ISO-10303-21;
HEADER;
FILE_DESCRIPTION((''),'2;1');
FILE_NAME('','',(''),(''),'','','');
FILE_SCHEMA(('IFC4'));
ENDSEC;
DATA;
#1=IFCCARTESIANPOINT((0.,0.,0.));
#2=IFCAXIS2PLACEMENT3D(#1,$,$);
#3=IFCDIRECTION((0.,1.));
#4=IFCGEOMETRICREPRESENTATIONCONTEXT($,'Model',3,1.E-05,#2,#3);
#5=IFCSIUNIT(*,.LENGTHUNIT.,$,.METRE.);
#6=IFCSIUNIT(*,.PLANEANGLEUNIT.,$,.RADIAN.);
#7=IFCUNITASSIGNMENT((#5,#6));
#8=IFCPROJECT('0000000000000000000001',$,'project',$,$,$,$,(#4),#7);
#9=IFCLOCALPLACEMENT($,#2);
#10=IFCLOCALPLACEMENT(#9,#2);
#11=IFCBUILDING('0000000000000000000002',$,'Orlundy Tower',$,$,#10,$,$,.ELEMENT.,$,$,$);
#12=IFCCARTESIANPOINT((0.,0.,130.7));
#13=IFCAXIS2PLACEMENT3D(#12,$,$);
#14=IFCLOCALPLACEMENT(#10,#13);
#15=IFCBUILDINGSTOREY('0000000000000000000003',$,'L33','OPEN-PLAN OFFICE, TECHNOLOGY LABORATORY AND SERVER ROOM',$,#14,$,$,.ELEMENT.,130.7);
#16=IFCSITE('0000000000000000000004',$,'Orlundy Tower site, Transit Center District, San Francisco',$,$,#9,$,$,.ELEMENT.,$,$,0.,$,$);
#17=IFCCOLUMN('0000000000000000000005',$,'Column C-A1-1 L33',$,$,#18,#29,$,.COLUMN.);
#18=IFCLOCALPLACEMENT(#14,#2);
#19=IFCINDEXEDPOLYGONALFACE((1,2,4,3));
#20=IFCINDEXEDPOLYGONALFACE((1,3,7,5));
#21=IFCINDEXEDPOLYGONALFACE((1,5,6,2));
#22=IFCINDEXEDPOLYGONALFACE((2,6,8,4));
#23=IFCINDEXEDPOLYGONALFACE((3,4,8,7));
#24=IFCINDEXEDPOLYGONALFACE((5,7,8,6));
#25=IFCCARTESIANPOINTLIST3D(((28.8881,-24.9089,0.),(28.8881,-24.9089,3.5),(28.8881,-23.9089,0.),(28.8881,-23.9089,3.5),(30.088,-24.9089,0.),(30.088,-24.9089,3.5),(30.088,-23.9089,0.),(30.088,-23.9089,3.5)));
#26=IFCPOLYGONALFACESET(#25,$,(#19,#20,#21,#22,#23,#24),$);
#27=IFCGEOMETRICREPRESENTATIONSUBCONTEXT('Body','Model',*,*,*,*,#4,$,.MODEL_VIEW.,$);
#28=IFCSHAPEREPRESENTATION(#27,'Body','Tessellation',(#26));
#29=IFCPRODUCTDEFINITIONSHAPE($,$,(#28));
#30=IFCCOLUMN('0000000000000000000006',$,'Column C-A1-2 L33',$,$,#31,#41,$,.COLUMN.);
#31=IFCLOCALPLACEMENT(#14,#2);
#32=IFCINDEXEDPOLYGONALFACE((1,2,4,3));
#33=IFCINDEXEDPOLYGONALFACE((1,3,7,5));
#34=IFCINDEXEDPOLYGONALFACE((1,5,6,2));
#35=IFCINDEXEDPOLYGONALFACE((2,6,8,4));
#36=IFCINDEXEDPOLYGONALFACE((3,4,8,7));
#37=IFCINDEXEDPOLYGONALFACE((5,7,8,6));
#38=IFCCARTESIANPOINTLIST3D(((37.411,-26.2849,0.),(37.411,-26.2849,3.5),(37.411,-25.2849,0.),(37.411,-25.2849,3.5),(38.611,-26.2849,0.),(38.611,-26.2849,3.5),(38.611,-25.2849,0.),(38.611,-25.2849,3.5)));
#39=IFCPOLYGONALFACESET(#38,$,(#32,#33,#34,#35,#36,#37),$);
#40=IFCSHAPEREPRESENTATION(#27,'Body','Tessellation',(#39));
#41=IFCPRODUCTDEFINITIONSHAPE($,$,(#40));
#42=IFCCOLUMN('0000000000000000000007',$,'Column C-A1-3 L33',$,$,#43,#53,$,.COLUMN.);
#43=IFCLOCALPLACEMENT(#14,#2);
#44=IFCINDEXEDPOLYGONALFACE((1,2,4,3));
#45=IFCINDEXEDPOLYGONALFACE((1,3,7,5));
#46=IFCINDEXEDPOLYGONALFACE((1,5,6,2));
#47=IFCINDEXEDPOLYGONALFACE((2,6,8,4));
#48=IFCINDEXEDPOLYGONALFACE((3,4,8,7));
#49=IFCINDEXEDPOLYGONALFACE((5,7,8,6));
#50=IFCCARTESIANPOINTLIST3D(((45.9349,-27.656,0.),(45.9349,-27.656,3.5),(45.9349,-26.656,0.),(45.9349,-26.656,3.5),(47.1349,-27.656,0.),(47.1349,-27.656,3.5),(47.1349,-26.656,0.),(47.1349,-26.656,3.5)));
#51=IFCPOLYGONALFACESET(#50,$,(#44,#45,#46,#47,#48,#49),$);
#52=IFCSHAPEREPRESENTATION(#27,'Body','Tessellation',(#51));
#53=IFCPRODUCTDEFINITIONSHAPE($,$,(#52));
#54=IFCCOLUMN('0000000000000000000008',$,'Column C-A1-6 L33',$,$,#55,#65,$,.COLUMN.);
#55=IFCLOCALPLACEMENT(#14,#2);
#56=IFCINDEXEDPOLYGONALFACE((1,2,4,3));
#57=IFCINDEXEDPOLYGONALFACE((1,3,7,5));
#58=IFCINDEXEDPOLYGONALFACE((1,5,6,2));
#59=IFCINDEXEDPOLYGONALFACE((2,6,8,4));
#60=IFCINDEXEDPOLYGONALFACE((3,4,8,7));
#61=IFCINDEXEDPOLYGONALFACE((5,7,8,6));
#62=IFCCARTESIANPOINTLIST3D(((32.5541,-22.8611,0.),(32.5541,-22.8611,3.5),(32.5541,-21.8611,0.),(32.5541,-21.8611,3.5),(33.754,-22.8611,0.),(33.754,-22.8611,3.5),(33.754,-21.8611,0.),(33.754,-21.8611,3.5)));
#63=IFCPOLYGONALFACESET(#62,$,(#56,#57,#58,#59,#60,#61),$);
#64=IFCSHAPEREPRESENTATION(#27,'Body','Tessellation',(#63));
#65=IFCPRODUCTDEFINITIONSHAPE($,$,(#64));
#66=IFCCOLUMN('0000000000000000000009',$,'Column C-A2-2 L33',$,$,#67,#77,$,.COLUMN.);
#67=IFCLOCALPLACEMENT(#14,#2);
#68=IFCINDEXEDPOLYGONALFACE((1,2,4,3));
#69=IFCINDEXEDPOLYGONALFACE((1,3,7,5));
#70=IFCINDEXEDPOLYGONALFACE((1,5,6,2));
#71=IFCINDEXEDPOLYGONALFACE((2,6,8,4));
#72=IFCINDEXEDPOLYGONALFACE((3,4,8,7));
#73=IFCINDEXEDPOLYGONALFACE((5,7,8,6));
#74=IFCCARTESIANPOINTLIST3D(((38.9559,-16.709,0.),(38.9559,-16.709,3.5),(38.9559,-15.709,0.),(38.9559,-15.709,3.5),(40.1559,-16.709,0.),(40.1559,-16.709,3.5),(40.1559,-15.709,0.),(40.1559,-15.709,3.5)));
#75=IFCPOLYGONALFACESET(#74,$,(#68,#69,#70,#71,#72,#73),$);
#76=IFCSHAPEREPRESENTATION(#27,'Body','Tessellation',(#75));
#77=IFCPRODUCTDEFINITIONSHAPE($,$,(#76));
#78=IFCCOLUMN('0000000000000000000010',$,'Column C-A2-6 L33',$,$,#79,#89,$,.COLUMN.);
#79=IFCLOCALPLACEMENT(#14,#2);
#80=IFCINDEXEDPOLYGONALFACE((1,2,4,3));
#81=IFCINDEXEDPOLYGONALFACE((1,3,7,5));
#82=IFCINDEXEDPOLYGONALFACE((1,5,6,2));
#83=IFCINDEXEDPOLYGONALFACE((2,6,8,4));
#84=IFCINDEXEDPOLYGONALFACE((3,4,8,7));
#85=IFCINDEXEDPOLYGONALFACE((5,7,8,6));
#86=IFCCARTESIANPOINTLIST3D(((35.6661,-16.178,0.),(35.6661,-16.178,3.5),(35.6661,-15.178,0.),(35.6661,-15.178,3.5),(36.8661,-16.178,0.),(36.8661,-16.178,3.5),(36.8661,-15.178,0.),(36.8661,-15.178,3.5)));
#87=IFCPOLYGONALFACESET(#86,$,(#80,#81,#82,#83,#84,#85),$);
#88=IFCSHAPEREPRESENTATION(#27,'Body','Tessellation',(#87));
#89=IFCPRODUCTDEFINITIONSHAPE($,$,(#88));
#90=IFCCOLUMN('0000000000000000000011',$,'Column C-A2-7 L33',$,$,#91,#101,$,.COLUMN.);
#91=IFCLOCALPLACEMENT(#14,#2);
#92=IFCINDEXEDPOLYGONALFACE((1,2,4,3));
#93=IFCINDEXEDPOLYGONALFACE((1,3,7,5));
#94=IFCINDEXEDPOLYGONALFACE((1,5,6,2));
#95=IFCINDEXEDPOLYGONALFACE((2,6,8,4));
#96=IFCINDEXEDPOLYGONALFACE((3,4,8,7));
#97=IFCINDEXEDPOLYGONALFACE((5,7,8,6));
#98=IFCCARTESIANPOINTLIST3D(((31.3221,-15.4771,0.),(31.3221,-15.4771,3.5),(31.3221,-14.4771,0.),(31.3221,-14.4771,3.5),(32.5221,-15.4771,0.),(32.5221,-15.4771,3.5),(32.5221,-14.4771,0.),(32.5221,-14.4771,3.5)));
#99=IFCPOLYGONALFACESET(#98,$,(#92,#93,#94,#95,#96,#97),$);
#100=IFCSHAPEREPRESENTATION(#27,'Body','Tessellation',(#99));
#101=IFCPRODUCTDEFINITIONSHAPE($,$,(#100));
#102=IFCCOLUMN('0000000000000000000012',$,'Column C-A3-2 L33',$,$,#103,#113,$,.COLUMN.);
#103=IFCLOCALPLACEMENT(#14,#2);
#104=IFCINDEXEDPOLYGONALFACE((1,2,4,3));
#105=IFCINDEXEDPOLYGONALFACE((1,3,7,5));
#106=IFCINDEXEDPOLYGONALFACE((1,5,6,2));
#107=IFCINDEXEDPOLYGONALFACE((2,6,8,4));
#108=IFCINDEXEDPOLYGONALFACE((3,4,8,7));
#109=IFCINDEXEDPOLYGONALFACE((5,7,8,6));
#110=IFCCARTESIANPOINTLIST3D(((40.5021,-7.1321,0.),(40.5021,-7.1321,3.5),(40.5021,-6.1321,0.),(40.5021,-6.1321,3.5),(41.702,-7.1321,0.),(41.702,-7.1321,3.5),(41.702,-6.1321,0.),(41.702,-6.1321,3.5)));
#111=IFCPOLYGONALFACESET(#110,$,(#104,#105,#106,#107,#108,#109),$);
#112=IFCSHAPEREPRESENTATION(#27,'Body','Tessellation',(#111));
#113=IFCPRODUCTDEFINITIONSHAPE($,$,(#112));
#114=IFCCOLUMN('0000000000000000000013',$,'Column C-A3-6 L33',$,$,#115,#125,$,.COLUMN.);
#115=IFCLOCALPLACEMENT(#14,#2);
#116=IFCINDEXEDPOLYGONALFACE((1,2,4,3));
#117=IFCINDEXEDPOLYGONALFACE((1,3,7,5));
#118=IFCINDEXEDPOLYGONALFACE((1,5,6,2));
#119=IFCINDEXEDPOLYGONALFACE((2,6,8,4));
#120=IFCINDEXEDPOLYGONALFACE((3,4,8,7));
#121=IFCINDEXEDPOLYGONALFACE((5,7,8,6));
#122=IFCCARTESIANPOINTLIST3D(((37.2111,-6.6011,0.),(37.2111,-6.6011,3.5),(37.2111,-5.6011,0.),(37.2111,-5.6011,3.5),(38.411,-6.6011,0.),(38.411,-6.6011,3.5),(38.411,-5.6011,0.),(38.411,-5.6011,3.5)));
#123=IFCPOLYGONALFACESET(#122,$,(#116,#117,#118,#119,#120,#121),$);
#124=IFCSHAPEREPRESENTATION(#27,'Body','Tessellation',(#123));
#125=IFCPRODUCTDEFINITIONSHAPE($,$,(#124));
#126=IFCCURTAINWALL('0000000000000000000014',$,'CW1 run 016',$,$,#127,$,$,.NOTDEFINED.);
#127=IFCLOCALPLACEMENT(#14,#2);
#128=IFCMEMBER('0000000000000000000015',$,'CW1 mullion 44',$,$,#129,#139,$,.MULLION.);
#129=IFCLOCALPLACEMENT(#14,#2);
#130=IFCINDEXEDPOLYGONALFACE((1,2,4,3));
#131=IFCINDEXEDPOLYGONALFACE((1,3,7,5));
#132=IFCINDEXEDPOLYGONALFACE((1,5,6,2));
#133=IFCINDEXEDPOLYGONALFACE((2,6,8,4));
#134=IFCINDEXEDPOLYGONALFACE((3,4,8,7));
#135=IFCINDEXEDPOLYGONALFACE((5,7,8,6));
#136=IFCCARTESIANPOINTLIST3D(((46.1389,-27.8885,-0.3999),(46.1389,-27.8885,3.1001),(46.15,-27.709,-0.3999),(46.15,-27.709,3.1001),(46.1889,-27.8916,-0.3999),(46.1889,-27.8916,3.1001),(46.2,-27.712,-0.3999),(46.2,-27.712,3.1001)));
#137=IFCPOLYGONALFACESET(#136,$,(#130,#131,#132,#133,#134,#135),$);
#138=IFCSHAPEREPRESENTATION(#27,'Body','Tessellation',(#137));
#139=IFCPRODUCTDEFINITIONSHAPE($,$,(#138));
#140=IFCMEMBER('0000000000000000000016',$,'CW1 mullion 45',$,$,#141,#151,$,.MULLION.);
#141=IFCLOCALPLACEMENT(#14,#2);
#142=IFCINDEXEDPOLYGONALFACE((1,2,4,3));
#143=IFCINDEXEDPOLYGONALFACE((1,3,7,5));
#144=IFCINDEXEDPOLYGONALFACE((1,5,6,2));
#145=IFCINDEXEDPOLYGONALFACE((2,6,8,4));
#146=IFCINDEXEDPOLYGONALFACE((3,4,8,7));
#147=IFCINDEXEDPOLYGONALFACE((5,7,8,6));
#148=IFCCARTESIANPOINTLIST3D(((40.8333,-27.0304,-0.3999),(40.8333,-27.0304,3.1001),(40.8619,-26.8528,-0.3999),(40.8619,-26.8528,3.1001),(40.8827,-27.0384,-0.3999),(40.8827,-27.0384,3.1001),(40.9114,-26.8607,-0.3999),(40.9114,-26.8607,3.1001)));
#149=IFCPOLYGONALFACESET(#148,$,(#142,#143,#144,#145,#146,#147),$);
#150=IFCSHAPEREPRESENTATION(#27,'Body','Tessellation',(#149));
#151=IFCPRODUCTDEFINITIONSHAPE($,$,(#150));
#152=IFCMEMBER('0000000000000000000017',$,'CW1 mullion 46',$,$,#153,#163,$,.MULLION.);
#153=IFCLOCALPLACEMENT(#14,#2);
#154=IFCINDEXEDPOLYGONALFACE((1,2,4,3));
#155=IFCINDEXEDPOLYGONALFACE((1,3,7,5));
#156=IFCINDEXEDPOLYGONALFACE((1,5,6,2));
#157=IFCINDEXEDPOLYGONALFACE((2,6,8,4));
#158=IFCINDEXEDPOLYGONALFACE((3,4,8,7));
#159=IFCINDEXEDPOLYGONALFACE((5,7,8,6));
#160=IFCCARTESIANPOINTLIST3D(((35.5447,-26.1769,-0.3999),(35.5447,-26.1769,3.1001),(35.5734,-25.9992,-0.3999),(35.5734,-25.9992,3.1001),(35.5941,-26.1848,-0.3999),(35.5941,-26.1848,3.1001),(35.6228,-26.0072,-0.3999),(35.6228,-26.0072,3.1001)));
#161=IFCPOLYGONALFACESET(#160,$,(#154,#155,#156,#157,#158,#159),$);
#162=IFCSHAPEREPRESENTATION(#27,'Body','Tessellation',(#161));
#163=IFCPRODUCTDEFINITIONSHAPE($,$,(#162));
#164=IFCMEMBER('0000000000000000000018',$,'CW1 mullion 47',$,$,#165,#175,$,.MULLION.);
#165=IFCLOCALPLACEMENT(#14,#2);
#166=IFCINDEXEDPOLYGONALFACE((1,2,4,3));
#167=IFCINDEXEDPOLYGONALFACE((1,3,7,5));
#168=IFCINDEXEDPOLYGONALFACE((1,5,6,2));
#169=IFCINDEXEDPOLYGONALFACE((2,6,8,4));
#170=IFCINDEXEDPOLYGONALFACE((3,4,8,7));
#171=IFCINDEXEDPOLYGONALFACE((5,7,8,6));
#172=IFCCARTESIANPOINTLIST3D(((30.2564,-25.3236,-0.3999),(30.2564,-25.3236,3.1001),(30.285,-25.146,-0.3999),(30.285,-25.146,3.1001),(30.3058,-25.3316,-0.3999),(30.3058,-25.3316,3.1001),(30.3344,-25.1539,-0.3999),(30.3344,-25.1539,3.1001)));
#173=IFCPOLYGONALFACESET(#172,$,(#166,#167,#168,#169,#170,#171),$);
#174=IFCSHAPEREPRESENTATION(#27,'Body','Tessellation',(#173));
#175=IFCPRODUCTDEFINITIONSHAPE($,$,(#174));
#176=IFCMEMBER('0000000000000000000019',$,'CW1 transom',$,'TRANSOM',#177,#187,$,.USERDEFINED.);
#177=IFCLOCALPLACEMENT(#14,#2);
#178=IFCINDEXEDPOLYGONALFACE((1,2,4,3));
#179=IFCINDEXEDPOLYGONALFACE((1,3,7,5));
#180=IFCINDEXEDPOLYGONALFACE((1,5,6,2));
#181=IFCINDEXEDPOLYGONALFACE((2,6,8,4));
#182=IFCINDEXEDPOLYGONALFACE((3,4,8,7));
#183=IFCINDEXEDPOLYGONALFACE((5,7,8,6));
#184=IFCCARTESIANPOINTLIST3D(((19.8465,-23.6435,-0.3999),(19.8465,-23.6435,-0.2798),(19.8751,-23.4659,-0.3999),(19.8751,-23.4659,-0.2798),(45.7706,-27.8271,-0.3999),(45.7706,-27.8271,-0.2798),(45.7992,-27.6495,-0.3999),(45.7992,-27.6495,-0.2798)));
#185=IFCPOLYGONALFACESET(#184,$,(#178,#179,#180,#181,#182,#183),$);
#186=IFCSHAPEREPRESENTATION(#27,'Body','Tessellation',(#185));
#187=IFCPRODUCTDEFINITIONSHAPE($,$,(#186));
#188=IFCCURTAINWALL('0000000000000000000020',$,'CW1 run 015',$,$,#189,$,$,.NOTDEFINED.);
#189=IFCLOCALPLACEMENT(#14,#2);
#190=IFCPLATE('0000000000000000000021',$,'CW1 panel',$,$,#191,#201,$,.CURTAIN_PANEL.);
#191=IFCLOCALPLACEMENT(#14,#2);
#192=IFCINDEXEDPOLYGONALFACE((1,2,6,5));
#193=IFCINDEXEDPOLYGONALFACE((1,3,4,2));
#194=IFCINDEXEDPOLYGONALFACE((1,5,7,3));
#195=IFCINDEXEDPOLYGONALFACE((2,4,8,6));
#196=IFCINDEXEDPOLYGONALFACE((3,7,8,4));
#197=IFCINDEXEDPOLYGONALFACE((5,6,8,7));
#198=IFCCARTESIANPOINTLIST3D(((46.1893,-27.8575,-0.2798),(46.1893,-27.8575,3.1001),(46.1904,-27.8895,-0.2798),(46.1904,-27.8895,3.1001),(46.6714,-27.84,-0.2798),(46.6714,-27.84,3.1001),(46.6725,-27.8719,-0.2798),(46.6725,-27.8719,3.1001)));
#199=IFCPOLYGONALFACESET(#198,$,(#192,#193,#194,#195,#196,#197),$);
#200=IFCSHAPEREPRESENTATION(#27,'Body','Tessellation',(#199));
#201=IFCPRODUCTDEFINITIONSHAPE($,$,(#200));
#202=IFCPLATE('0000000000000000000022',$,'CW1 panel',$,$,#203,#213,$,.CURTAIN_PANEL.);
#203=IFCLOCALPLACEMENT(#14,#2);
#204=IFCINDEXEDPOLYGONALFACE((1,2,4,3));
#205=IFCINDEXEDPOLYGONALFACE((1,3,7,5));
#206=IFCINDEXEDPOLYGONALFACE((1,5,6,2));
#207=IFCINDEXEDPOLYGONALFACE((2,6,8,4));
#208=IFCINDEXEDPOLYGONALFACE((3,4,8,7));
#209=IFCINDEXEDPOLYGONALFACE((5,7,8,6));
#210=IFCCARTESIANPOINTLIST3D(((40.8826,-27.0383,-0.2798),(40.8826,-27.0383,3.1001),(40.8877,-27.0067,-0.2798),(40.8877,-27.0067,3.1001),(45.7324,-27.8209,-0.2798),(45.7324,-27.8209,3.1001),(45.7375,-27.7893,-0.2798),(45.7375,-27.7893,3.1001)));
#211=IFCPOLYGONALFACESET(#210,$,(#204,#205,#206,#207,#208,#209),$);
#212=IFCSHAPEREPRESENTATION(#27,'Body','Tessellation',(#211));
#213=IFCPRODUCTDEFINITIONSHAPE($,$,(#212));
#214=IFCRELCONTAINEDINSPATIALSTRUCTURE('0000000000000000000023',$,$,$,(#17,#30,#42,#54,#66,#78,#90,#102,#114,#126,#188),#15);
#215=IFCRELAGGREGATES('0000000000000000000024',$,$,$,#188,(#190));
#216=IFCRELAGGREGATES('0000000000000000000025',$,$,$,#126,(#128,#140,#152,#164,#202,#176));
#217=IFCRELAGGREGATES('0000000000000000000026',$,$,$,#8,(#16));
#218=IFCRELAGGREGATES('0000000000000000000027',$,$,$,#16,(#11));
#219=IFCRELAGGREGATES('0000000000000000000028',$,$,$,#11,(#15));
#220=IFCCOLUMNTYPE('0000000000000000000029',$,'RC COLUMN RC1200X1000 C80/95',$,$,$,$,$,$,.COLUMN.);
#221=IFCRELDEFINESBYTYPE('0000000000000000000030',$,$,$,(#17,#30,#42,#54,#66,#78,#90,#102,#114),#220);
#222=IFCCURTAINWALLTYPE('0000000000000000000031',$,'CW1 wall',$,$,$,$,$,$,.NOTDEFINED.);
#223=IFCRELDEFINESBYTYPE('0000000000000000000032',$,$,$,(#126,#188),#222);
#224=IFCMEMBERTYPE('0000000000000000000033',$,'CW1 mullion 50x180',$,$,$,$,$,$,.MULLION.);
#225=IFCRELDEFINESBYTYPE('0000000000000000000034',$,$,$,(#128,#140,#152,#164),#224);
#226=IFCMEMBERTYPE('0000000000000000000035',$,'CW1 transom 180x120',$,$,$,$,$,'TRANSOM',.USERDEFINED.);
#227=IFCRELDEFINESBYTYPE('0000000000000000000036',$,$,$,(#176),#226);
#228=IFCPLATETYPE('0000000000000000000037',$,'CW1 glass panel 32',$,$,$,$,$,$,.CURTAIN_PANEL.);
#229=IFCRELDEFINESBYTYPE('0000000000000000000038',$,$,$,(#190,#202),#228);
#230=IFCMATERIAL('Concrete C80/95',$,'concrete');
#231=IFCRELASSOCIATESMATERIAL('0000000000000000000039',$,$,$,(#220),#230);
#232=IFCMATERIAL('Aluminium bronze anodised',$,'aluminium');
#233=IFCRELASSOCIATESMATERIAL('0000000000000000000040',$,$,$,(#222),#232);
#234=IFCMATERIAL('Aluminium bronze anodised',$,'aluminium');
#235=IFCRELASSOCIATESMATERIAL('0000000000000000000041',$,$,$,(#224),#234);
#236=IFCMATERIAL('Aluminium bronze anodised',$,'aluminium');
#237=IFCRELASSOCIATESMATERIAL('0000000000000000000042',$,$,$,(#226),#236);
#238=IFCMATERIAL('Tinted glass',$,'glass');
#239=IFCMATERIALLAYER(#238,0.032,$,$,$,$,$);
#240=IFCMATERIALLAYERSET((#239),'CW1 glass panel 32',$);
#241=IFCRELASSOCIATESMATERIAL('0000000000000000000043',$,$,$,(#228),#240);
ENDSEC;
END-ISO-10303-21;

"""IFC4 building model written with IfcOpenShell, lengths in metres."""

from ifc_helpers import new_model, si_unit, direction, frame, origin, origin_2d, place, context, subcontext, project, spatial, rectangle, extrude, material, layer, layer_set, material_profile, profile_set, type_object, element, aggregate, save


model = new_model("IFC4")

# Units and contexts
model_context = context("Model", 3, precision=1e-05, world=origin(), true_north=direction((0.0, 1.0)))
body_context = subcontext(model_context, "Body", "Model", "MODEL_VIEW")
ifc_project = project(units=[si_unit("LENGTHUNIT", "METRE"), si_unit("PLANEANGLEUNIT", "RADIAN")], contexts=[model_context])

# Site, building, storey
site_placement = place(None, origin())
site = spatial("IfcSite", under=ifc_project, at=site_placement, Name="Orlundy Tower site, Transit Center District, San Francisco", CompositionType="ELEMENT", RefElevation=0.0)
building_placement = place(site_placement, origin())
building = spatial("IfcBuilding", under=site, at=building_placement, Name="Orlundy Tower", CompositionType="ELEMENT")
storey_placement = place(building_placement, frame((0.0, 0.0, 130.7)))
storey = spatial("IfcBuildingStorey", under=building, at=storey_placement, Name="L33", Description="OPEN-PLAN OFFICE, TECHNOLOGY LABORATORY AND SERVER ROOM", CompositionType="ELEMENT", Elevation=130.7)

# Columns
ifc_material_1 = material(Name="Concrete C80/95", Category="concrete")
ifc_material_profile_1 = material_profile(ifc_material_1, rectangle(XDim=1.2, YDim=1.0, at=origin_2d()), Name="RC1200X1000")
ifc_profile_set_1 = profile_set([ifc_material_profile_1], Name="Concrete C80/95")
column_type = type_object("IfcColumnType", Name="RC COLUMN RC1200X1000 C80/95", PredefinedType="COLUMN", material=ifc_profile_set_1)
for number, where, z_axis, x_axis, name in (
    (1, (29.488, -24.4089, 0.0), (0.0, 0.0, 1.0), (1.0, 0.0, 0.0), "Column C-A1-1 L33"),
    (2, (38.011, -25.7849, 0.0), (0.0, 0.0, 1.0), (1.0, 0.0, 0.0), "Column C-A1-2 L33"),
    (3, (46.5349, -27.156, 0.0), (0.0, 0.0, 1.0), (1.0, 0.0, 0.0), "Column C-A1-3 L33"),
    (4, (33.1541, -22.3611, 0.0), (0.0, 0.0, 1.0), (1.0, 0.0, 0.0), "Column C-A1-6 L33"),
    (5, (39.5559, -16.209, 0.0), (0.0, 0.0, 1.0), (1.0, 0.0, 0.0), "Column C-A2-2 L33"),
    (6, (36.2661, -15.678, 0.0), (0.0, 0.0, 1.0), (1.0, 0.0, 0.0), "Column C-A2-6 L33"),
    (7, (31.9221, -14.9771, 0.0), (0.0, 0.0, 1.0), (1.0, 0.0, 0.0), "Column C-A2-7 L33"),
    (8, (41.1021, -6.6321, 0.0), (0.0, 0.0, 1.0), (1.0, 0.0, 0.0), "Column C-A3-2 L33"),
    (9, (37.811, -6.1011, 0.0), (0.0, 0.0, 1.0), (1.0, 0.0, 0.0), "Column C-A3-6 L33"),
):
    element("IfcColumn", number, at=place(storey_placement, frame(where, z_axis=z_axis, x_axis=x_axis)), inside=storey, type_object=column_type, Name=name, PredefinedType="COLUMN", context=body_context, shape_type="SweptSolid", body=[
        extrude(rectangle(XDim=1.2, YDim=1.0, at=origin_2d()), origin(), (0.0, 0.0, 1.0), 3.5),
    ])

# Curtain wall, members
ifc_material_2 = material(Name="Aluminium bronze anodised", Category="aluminium")
curtain_wall_type = type_object("IfcCurtainWallType", Name="CW1 wall", PredefinedType="NOTDEFINED", material=ifc_material_2)
curtain_wall_1_placement = place(storey_placement, origin())
curtain_wall_1 = element("IfcCurtainWall", 10, at=curtain_wall_1_placement, inside=storey, type_object=curtain_wall_type, Name="CW1 run 016", PredefinedType="NOTDEFINED")
ifc_material_3 = material(Name="Aluminium bronze anodised", Category="aluminium")
ifc_material_profile_2 = material_profile(ifc_material_3, rectangle(XDim=0.1799, YDim=0.05, at=origin_2d()), Name="CW1 mullion 50x180")
ifc_profile_set_2 = profile_set([ifc_material_profile_2], Name="Aluminium bronze anodised")
member_type_1 = type_object("IfcMemberType", Name="CW1 mullion 50x180", PredefinedType="MULLION", material=ifc_profile_set_2)
member_1_placement = place(storey_placement, frame((46.1694, -27.8003, -0.3999), z_axis=(0.0, 0.0, 1.0), x_axis=(-0.061747, -0.998092, 0.0)))
member_1 = element("IfcMember", 11, at=member_1_placement, type_object=member_type_1, Name="CW1 mullion 44", PredefinedType="MULLION", context=body_context, shape_type="SweptSolid", body=[
    extrude(rectangle(XDim=0.1799, YDim=0.05, at=origin_2d()), origin(), (0.0, 0.0, 1.0), 3.5),
])
member_2_placement = place(storey_placement, frame((40.8723, -26.9456, -0.3999), z_axis=(0.0, 0.0, 1.0), x_axis=(-0.159311, -0.987228, 0.0)))
member_2 = element("IfcMember", 12, at=member_2_placement, type_object=member_type_1, Name="CW1 mullion 45", PredefinedType="MULLION", context=body_context, shape_type="SweptSolid", body=[
    extrude(rectangle(XDim=0.1799, YDim=0.05, at=origin_2d()), origin(), (0.0, 0.0, 1.0), 3.5),
])
member_3_placement = place(storey_placement, frame((35.5837, -26.092, -0.3999), z_axis=(0.0, 0.0, 1.0), x_axis=(-0.159311, -0.987228, 0.0)))
member_3 = element("IfcMember", 13, at=member_3_placement, type_object=member_type_1, Name="CW1 mullion 46", PredefinedType="MULLION", context=body_context, shape_type="SweptSolid", body=[
    extrude(rectangle(XDim=0.1799, YDim=0.05, at=origin_2d()), origin(), (0.0, 0.0, 1.0), 3.5),
])
member_4_placement = place(storey_placement, frame((30.2954, -25.2388, -0.3999), z_axis=(0.0, 0.0, 1.0), x_axis=(-0.159311, -0.987228, 0.0)))
member_4 = element("IfcMember", 14, at=member_4_placement, type_object=member_type_1, Name="CW1 mullion 47", PredefinedType="MULLION", context=body_context, shape_type="SweptSolid", body=[
    extrude(rectangle(XDim=0.1799, YDim=0.05, at=origin_2d()), origin(), (0.0, 0.0, 1.0), 3.5),
])
ifc_material_4 = material(Name="Aluminium bronze anodised", Category="aluminium")
ifc_material_profile_3 = material_profile(ifc_material_4, rectangle(XDim=0.1799, YDim=0.1201, at=origin_2d()), Name="CW1 transom 180x120")
ifc_profile_set_3 = profile_set([ifc_material_profile_3], Name="Aluminium bronze anodised")
member_type_2 = type_object("IfcMemberType", Name="CW1 transom 180x120", ElementType="TRANSOM", PredefinedType="USERDEFINED", material=ifc_profile_set_3)
member_5_placement = place(storey_placement, frame((45.7849, -27.7383, -0.3398), z_axis=(-0.987227, 0.159317, 0.0), x_axis=(-0.159317, -0.987227, 0.0)))
member_5 = element("IfcMember", 15, at=member_5_placement, type_object=member_type_2, Name="CW1 transom", ObjectType="TRANSOM", PredefinedType="USERDEFINED", context=body_context, shape_type="SweptSolid", body=[
    extrude(rectangle(XDim=0.1799, YDim=0.1201, at=origin_2d()), origin(), (0.0, 0.0, 1.0), 26.2595),
])

# Curtain wall, plate
curtain_wall_2_placement = place(storey_placement, origin())
curtain_wall_2 = element("IfcCurtainWall", 16, at=curtain_wall_2_placement, inside=storey, type_object=curtain_wall_type, Name="CW1 run 015", PredefinedType="NOTDEFINED")
ifc_material_5 = material(Name="Tinted glass", Category="glass")
ifc_layer_1 = layer(ifc_material_5, 0.032)
ifc_layer_set_1 = layer_set([ifc_layer_1], Name="CW1 glass panel 32")
plate_type = type_object("IfcPlateType", Name="CW1 glass panel 32", PredefinedType="CURTAIN_PANEL", material=ifc_layer_set_1)
plate_1_placement = place(storey_placement, frame((46.4309, -27.8647, -0.2798), z_axis=(0.0, 0.0, 1.0), x_axis=(-0.999337, -0.036413, 0.0)))
plate_1 = element("IfcPlate", 17, at=plate_1_placement, type_object=plate_type, Name="CW1 panel", PredefinedType="CURTAIN_PANEL", context=body_context, shape_type="SweptSolid", body=[
    extrude(rectangle(XDim=0.4824, YDim=0.032, at=origin_2d()), origin(), (0.0, 0.0, 1.0), 3.3799),
])
aggregate(curtain_wall_2, [plate_1])

# Plate
plate_2_placement = place(storey_placement, frame((43.3101, -27.4138, -0.2798), z_axis=(0.0, 0.0, 1.0), x_axis=(-0.987228, 0.159311, 0.0)))
plate_2 = element("IfcPlate", 18, at=plate_2_placement, type_object=plate_type, Name="CW1 panel", PredefinedType="CURTAIN_PANEL", context=body_context, shape_type="SweptSolid", body=[
    extrude(rectangle(XDim=4.9126, YDim=0.032, at=origin_2d()), origin(), (0.0, 0.0, 1.0), 3.3799),
])
aggregate(curtain_wall_1, [member_1, member_2, member_3, member_4, plate_2, member_5])

save(model, "model.ifc")
